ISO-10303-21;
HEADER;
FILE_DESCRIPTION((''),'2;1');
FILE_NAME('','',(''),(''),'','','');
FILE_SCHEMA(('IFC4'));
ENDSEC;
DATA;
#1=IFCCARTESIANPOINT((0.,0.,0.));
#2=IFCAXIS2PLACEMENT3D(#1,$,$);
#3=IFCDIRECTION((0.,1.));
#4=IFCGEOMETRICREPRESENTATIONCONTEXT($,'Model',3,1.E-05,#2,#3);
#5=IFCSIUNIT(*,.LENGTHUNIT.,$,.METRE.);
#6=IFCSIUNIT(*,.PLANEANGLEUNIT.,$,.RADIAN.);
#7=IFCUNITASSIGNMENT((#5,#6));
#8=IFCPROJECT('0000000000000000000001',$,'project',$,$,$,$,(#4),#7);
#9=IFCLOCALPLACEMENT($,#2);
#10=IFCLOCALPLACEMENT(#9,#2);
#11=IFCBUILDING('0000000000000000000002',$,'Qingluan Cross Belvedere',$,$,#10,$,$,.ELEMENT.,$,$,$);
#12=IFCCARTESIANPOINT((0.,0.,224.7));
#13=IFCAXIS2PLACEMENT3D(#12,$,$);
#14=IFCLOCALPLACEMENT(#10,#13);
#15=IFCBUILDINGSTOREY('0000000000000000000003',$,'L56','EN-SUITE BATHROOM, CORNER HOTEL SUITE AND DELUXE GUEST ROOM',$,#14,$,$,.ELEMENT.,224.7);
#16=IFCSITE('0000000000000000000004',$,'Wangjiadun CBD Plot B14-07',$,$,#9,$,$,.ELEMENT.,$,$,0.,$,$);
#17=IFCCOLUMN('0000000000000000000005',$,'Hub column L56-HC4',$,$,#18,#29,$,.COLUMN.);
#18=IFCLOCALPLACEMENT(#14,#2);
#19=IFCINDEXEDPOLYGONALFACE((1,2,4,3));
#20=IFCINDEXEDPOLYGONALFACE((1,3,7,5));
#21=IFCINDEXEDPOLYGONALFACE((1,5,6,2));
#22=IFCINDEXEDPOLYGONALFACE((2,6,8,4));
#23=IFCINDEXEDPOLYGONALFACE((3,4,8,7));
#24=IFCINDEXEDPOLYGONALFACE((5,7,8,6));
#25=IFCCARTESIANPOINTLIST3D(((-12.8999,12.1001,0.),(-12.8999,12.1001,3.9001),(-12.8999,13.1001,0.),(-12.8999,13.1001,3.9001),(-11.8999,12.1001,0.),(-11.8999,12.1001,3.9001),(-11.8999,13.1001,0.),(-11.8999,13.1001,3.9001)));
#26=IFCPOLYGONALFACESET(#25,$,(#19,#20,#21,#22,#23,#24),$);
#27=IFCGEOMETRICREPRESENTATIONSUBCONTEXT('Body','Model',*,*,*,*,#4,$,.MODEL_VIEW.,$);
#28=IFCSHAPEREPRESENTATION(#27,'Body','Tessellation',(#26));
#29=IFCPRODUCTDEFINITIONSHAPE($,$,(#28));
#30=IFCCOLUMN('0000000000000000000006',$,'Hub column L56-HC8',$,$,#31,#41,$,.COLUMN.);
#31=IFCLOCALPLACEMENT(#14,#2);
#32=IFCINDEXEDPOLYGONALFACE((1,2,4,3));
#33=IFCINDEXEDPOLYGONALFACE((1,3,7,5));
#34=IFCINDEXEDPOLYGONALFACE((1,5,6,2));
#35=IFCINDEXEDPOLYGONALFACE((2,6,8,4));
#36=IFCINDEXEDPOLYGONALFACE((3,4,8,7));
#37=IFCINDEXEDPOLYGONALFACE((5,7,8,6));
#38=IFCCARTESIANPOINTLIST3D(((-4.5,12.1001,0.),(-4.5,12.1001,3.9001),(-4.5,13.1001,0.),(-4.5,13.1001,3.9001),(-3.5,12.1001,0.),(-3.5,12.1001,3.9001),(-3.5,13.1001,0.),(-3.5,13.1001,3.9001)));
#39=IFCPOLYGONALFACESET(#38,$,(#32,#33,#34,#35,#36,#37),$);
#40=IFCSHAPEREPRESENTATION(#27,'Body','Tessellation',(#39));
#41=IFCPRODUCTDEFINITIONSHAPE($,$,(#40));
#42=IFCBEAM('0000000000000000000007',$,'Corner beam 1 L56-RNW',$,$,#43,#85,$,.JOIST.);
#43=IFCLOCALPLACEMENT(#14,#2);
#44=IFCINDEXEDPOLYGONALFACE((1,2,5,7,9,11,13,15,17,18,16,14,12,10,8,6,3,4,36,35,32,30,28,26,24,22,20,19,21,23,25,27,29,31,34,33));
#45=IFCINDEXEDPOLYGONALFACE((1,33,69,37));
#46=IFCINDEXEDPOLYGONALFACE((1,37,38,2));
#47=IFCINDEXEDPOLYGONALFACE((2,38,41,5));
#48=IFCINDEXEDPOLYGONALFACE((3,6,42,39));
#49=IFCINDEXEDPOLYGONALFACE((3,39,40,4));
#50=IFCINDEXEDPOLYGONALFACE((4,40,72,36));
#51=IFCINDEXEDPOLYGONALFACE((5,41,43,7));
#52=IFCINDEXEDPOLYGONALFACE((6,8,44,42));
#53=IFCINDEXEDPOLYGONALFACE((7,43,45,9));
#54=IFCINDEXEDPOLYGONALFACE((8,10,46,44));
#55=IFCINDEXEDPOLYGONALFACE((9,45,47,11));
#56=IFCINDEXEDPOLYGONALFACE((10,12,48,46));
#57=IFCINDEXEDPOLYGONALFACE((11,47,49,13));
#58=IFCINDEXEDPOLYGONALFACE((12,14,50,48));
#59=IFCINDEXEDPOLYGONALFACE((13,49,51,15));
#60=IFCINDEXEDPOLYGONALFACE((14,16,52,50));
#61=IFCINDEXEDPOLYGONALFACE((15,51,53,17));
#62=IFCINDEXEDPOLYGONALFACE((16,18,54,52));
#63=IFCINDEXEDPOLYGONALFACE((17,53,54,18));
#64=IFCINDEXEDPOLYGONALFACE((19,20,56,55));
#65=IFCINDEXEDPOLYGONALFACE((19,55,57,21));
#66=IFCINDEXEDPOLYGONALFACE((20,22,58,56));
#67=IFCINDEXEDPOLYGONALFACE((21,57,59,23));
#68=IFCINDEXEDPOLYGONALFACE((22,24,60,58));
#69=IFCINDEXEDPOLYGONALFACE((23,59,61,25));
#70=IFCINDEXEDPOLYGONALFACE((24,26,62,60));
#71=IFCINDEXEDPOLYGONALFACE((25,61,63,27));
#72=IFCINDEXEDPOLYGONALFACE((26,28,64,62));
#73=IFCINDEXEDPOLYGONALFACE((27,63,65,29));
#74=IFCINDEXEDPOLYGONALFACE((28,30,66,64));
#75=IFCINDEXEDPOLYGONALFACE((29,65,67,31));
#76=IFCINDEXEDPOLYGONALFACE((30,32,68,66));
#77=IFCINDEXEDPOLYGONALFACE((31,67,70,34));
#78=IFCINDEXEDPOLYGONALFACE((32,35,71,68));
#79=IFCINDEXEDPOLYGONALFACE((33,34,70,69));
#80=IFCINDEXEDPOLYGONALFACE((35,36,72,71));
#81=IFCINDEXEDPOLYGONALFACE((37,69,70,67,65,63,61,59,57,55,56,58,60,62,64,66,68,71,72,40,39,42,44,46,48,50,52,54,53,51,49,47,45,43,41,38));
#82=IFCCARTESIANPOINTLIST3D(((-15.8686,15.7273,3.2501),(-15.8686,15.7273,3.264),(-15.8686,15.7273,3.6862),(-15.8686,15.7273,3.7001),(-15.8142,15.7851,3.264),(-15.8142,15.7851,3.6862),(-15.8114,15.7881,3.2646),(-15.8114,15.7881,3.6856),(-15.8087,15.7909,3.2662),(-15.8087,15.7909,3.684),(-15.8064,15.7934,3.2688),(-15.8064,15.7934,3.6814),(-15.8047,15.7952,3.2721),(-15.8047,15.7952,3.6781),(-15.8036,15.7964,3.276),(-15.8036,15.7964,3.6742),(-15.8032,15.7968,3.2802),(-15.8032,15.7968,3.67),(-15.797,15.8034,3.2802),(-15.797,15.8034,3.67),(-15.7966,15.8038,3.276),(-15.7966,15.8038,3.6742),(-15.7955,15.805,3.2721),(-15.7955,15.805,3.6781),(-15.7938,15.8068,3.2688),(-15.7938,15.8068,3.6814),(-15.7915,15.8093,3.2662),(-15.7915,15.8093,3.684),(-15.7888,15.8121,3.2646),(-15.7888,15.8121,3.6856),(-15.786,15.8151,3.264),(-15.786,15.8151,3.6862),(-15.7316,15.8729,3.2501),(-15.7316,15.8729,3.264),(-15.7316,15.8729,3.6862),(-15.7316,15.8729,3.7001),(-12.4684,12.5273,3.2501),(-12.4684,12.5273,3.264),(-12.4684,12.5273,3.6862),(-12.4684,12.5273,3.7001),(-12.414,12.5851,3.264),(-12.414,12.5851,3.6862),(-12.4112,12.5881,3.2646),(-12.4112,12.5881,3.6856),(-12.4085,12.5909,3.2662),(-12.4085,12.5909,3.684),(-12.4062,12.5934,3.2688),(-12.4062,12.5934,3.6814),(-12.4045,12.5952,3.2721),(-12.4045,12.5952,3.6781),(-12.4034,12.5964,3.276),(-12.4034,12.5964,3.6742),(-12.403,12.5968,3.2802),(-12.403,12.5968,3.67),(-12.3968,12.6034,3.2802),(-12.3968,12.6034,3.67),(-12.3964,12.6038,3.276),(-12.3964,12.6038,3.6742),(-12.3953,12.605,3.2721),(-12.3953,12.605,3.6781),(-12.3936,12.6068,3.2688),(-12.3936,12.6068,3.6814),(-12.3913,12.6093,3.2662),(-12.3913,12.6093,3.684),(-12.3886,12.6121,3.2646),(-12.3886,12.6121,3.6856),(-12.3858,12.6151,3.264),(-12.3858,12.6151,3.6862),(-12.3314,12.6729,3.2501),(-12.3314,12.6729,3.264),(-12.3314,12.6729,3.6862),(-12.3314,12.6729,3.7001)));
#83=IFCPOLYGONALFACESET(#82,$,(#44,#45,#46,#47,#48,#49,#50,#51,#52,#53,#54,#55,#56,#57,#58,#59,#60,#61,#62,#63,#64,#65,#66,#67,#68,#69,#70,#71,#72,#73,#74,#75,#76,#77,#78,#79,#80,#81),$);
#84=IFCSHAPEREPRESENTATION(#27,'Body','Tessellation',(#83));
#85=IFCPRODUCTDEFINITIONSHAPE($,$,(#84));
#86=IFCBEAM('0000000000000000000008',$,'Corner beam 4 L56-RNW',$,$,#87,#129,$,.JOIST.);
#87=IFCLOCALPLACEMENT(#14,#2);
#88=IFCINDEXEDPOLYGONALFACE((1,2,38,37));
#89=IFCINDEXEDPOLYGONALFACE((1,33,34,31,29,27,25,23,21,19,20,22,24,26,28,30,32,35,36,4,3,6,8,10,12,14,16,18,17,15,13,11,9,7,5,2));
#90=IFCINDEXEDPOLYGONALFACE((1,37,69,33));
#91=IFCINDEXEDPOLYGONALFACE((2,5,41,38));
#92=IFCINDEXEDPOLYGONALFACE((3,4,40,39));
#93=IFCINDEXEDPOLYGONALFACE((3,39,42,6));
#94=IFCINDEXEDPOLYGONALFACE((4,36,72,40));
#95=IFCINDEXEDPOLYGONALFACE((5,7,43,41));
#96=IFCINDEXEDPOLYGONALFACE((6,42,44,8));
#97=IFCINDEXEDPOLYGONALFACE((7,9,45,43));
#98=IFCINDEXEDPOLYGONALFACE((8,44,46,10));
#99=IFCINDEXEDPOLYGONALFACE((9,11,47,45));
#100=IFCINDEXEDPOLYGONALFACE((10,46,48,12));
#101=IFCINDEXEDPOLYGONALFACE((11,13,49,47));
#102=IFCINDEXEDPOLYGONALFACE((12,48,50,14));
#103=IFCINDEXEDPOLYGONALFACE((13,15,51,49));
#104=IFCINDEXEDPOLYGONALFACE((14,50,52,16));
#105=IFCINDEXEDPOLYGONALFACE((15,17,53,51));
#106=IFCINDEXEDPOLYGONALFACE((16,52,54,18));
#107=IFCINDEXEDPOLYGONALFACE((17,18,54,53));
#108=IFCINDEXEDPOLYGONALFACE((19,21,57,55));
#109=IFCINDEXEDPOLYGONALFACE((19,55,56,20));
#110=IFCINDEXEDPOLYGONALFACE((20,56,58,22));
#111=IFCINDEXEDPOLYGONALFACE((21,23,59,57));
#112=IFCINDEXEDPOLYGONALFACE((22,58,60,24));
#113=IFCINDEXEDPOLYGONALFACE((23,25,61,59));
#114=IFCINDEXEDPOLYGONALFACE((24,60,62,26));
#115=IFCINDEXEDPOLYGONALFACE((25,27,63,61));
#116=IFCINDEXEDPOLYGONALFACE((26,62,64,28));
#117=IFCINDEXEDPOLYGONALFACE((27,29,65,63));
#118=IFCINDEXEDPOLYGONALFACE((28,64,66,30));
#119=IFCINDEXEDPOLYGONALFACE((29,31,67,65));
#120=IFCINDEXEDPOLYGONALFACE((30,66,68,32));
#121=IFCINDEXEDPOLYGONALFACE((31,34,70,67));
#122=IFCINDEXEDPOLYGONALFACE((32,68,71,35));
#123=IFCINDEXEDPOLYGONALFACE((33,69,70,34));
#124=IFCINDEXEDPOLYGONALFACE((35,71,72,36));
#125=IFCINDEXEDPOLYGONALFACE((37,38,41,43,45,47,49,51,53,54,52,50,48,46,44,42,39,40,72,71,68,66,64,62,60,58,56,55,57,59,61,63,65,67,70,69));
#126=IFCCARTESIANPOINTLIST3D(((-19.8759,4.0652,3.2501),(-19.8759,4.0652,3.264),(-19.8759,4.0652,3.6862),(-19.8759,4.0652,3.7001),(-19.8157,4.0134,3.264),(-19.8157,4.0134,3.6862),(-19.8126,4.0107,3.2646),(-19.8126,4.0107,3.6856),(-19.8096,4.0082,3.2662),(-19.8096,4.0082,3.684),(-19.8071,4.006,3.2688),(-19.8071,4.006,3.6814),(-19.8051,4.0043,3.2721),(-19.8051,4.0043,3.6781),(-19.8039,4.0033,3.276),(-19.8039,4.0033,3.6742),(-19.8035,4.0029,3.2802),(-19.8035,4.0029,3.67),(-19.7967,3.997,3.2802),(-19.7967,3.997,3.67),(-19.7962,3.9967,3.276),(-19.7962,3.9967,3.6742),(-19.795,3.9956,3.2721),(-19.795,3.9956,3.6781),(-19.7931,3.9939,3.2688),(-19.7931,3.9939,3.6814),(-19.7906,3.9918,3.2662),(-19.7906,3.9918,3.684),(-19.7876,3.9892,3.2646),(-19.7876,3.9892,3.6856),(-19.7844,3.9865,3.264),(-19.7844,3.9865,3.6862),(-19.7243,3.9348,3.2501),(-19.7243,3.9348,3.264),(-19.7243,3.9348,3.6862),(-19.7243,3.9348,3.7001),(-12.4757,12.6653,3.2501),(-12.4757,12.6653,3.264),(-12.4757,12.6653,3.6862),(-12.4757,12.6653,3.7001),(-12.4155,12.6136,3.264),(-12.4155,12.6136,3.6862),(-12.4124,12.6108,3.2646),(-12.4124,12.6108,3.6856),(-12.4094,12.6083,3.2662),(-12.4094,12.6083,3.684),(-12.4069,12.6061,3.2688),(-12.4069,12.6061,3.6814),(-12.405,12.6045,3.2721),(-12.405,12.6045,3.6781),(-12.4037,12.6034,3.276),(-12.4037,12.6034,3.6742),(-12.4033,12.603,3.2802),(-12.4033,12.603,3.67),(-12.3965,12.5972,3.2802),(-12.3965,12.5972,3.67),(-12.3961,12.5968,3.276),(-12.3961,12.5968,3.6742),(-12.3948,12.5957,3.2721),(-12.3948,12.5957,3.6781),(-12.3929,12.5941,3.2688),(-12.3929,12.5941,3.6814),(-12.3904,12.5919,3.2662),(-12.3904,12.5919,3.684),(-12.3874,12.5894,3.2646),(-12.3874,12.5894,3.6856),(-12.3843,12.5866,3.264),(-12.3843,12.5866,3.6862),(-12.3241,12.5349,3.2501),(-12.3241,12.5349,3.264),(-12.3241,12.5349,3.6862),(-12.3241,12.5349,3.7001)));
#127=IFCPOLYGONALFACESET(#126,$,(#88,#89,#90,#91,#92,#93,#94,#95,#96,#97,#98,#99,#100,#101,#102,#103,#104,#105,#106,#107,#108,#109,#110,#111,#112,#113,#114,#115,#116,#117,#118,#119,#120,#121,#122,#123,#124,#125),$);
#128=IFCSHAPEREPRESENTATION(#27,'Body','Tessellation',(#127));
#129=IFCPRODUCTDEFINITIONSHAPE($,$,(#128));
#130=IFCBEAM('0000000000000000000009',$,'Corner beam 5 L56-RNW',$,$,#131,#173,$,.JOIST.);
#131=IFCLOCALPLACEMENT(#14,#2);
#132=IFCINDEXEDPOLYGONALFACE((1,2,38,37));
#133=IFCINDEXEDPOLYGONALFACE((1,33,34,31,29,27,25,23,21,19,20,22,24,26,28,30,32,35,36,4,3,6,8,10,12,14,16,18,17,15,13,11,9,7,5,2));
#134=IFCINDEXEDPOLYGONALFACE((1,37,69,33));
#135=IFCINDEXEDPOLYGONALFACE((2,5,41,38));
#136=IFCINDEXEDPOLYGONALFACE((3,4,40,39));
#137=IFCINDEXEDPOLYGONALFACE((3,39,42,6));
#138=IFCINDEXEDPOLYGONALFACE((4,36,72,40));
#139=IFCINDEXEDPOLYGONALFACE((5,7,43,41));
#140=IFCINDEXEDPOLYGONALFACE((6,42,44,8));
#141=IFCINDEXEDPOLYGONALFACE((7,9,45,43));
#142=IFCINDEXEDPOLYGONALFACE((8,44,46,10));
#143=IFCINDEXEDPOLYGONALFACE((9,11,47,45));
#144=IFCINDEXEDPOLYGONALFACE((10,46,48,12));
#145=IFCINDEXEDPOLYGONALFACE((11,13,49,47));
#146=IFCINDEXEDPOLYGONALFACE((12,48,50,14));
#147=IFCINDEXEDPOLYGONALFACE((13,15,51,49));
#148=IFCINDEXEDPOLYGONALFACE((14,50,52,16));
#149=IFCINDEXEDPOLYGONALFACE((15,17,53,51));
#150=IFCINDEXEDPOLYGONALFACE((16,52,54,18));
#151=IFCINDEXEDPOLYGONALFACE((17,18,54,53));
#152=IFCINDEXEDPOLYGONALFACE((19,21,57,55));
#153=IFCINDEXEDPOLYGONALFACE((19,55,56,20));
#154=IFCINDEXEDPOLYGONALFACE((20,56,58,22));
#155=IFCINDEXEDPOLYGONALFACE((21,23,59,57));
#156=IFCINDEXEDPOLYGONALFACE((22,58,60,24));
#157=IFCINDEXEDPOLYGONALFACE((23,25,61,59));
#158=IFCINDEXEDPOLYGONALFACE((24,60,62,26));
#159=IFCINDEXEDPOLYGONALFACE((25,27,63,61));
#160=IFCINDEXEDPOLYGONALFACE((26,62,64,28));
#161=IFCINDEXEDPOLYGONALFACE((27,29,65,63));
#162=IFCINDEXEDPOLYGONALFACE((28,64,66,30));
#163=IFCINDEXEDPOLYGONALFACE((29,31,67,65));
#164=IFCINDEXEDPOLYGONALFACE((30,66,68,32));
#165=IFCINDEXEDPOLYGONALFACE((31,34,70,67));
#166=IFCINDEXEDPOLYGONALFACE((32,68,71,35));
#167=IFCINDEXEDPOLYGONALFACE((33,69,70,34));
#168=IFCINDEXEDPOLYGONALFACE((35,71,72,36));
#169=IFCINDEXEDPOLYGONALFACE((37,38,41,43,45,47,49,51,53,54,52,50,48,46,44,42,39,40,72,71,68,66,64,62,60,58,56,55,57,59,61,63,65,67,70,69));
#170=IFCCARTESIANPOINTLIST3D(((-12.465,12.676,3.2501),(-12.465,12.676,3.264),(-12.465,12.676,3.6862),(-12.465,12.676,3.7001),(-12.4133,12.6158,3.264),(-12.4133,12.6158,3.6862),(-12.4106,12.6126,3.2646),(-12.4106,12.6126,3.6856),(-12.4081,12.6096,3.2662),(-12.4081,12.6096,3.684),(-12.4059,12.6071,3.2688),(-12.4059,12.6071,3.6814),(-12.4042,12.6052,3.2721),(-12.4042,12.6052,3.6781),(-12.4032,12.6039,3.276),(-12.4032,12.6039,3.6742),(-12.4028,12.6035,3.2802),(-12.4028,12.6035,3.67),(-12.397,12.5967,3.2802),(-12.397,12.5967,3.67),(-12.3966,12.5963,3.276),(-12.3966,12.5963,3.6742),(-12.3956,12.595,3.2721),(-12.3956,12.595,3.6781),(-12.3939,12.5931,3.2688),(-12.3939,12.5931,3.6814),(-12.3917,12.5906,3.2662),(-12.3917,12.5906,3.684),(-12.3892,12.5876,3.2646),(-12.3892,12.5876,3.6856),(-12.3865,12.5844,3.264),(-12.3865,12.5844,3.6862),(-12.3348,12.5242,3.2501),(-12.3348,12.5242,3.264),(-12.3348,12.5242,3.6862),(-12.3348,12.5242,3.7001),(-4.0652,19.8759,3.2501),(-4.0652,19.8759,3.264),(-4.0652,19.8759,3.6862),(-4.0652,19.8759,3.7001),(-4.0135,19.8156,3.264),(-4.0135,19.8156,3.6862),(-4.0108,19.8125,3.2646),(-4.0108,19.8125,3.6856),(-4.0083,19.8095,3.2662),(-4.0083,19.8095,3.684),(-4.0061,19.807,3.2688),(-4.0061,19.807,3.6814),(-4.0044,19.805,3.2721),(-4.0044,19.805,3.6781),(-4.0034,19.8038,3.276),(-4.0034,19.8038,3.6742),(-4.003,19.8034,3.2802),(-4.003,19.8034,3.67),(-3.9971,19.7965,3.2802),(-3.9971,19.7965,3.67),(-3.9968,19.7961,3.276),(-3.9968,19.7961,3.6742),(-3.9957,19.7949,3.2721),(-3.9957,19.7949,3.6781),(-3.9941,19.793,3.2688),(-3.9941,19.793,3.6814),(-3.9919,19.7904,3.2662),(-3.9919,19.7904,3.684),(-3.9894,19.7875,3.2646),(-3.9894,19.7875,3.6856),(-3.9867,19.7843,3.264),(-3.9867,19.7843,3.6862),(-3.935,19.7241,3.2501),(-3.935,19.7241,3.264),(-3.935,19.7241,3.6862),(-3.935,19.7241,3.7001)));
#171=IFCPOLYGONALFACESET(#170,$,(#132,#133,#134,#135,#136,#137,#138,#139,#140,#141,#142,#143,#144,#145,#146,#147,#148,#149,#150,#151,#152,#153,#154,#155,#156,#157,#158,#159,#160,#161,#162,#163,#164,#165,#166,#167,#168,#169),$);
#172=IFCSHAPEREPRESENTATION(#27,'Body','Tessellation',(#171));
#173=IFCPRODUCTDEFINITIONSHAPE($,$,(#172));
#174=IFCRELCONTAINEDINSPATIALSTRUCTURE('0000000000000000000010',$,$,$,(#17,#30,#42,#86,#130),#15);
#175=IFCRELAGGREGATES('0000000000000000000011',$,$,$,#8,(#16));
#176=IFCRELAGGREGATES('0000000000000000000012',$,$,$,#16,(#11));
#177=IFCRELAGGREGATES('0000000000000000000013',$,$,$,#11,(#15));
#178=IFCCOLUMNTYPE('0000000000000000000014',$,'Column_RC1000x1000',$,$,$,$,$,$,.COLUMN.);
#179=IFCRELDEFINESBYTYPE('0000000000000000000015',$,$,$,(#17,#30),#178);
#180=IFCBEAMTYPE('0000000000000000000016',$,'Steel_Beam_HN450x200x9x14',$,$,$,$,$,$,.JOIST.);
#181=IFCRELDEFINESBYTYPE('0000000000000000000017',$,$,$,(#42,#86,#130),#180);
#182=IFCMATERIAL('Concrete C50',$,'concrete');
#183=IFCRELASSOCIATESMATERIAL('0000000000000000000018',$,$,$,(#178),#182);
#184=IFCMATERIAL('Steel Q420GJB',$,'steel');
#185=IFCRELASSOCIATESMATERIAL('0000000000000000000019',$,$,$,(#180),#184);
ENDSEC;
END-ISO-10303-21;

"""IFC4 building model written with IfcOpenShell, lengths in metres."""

from ifc_helpers import new_model, si_unit, direction, frame, origin, origin_2d, place, context, subcontext, project, spatial, rectangle, i_section, extrude, material, material_profile, profile_set, type_object, element, save


model = new_model("IFC4")

# Units and contexts
model_context = context("Model", 3, precision=1e-05, world=origin(), true_north=direction((0.0, 1.0)))
body_context = subcontext(model_context, "Body", "Model", "MODEL_VIEW")
ifc_project = project(units=[si_unit("LENGTHUNIT", "METRE"), si_unit("PLANEANGLEUNIT", "RADIAN")], contexts=[model_context])

# Site, building, storey
site_placement = place(None, origin())
site = spatial("IfcSite", under=ifc_project, at=site_placement, Name="Wangjiadun CBD Plot B14-07", CompositionType="ELEMENT", RefElevation=0.0)
building_placement = place(site_placement, origin())
building = spatial("IfcBuilding", under=site, at=building_placement, Name="Qingluan Cross Belvedere", CompositionType="ELEMENT")
storey_placement = place(building_placement, frame((0.0, 0.0, 224.7)))
storey = spatial("IfcBuildingStorey", under=building, at=storey_placement, Name="L56", Description="EN-SUITE BATHROOM, CORNER HOTEL SUITE AND DELUXE GUEST ROOM", CompositionType="ELEMENT", Elevation=224.7)

# Columns
ifc_material_1 = material(Name="Concrete C50", Category="concrete")
ifc_material_profile_1 = material_profile(ifc_material_1, rectangle(XDim=1.0, YDim=1.0, at=origin_2d()), Name="RC1000x1000")
ifc_profile_set_1 = profile_set([ifc_material_profile_1], Name="Concrete C50")
column_type = type_object("IfcColumnType", Name="Column_RC1000x1000", PredefinedType="COLUMN", material=ifc_profile_set_1)
for number, where, z_axis, x_axis, name in (
    (1, (-12.3999, 12.6001, 0.0), (0.0, 0.0, 1.0), (1.0, 0.0, 0.0), "Hub column L56-HC4"),
    (2, (-4.0, 12.6001, 0.0), (0.0, 0.0, 1.0), (1.0, 0.0, 0.0), "Hub column L56-HC8"),
):
    element("IfcColumn", number, at=place(storey_placement, frame(where, z_axis=z_axis, x_axis=x_axis)), inside=storey, type_object=column_type, Name=name, PredefinedType="COLUMN", context=body_context, shape_type="SweptSolid", body=[
        extrude(rectangle(XDim=1.0, YDim=1.0, at=origin_2d()), origin(), (0.0, 0.0, 1.0), 3.9001),
    ])

# Beams
ifc_material_2 = material(Name="Steel Q420GJB", Category="steel")
ifc_material_profile_2 = material_profile(ifc_material_2, i_section(OverallWidth=0.2, OverallDepth=0.45, WebThickness=0.009, FlangeThickness=0.0139, FilletRadius=0.0161, at=origin_2d()), Name="HN450x200x9x14")
ifc_profile_set_2 = profile_set([ifc_material_profile_2], Name="Steel Q420GJB")
beam_type_1 = type_object("IfcBeamType", Name="Steel_Beam_HN450x200x9x14", PredefinedType="JOIST", material=ifc_profile_set_2)
beam_1_placement = place(storey_placement, frame((-12.3999, 12.6001, 3.4751), z_axis=(-0.72822, 0.685343, 0.0), x_axis=(-0.685343, -0.72822, 0.0)))
element("IfcBeam", 3, at=beam_1_placement, inside=storey, type_object=beam_type_1, Name="Corner beam 1 L56-RNW", PredefinedType="JOIST", context=body_context, shape_type="SweptSolid", body=[
    extrude(i_section(OverallWidth=0.2, OverallDepth=0.45, WebThickness=0.009, FlangeThickness=0.0139, FilletRadius=0.0161, at=origin_2d()), origin(), (0.0, 0.0, 1.0), 4.6692),
])
beam_2_placement = place(storey_placement, frame((-12.3999, 12.6001, 3.4751), z_axis=(-0.652245, -0.758008, 0.0), x_axis=(0.758008, -0.652245, 0.0)))
element("IfcBeam", 4, at=beam_2_placement, inside=storey, type_object=beam_type_1, Name="Corner beam 4 L56-RNW", PredefinedType="JOIST", context=body_context, shape_type="SweptSolid", body=[
    extrude(i_section(OverallWidth=0.2, OverallDepth=0.45, WebThickness=0.009, FlangeThickness=0.0139, FilletRadius=0.0161, at=origin_2d()), origin(), (0.0, 0.0, 1.0), 11.3457),
])
beam_3_placement = place(storey_placement, frame((-12.3999, 12.6001, 3.4751), z_axis=(0.759255, 0.650793, 0.0), x_axis=(-0.650793, 0.759255, 0.0)))
element("IfcBeam", 5, at=beam_3_placement, inside=storey, type_object=beam_type_1, Name="Corner beam 5 L56-RNW", PredefinedType="JOIST", context=body_context, shape_type="SweptSolid", body=[
    extrude(i_section(OverallWidth=0.2, OverallDepth=0.45, WebThickness=0.009, FlangeThickness=0.0139, FilletRadius=0.0161, at=origin_2d()), origin(), (0.0, 0.0, 1.0), 11.0632),
])

save(model, "model.ifc")
